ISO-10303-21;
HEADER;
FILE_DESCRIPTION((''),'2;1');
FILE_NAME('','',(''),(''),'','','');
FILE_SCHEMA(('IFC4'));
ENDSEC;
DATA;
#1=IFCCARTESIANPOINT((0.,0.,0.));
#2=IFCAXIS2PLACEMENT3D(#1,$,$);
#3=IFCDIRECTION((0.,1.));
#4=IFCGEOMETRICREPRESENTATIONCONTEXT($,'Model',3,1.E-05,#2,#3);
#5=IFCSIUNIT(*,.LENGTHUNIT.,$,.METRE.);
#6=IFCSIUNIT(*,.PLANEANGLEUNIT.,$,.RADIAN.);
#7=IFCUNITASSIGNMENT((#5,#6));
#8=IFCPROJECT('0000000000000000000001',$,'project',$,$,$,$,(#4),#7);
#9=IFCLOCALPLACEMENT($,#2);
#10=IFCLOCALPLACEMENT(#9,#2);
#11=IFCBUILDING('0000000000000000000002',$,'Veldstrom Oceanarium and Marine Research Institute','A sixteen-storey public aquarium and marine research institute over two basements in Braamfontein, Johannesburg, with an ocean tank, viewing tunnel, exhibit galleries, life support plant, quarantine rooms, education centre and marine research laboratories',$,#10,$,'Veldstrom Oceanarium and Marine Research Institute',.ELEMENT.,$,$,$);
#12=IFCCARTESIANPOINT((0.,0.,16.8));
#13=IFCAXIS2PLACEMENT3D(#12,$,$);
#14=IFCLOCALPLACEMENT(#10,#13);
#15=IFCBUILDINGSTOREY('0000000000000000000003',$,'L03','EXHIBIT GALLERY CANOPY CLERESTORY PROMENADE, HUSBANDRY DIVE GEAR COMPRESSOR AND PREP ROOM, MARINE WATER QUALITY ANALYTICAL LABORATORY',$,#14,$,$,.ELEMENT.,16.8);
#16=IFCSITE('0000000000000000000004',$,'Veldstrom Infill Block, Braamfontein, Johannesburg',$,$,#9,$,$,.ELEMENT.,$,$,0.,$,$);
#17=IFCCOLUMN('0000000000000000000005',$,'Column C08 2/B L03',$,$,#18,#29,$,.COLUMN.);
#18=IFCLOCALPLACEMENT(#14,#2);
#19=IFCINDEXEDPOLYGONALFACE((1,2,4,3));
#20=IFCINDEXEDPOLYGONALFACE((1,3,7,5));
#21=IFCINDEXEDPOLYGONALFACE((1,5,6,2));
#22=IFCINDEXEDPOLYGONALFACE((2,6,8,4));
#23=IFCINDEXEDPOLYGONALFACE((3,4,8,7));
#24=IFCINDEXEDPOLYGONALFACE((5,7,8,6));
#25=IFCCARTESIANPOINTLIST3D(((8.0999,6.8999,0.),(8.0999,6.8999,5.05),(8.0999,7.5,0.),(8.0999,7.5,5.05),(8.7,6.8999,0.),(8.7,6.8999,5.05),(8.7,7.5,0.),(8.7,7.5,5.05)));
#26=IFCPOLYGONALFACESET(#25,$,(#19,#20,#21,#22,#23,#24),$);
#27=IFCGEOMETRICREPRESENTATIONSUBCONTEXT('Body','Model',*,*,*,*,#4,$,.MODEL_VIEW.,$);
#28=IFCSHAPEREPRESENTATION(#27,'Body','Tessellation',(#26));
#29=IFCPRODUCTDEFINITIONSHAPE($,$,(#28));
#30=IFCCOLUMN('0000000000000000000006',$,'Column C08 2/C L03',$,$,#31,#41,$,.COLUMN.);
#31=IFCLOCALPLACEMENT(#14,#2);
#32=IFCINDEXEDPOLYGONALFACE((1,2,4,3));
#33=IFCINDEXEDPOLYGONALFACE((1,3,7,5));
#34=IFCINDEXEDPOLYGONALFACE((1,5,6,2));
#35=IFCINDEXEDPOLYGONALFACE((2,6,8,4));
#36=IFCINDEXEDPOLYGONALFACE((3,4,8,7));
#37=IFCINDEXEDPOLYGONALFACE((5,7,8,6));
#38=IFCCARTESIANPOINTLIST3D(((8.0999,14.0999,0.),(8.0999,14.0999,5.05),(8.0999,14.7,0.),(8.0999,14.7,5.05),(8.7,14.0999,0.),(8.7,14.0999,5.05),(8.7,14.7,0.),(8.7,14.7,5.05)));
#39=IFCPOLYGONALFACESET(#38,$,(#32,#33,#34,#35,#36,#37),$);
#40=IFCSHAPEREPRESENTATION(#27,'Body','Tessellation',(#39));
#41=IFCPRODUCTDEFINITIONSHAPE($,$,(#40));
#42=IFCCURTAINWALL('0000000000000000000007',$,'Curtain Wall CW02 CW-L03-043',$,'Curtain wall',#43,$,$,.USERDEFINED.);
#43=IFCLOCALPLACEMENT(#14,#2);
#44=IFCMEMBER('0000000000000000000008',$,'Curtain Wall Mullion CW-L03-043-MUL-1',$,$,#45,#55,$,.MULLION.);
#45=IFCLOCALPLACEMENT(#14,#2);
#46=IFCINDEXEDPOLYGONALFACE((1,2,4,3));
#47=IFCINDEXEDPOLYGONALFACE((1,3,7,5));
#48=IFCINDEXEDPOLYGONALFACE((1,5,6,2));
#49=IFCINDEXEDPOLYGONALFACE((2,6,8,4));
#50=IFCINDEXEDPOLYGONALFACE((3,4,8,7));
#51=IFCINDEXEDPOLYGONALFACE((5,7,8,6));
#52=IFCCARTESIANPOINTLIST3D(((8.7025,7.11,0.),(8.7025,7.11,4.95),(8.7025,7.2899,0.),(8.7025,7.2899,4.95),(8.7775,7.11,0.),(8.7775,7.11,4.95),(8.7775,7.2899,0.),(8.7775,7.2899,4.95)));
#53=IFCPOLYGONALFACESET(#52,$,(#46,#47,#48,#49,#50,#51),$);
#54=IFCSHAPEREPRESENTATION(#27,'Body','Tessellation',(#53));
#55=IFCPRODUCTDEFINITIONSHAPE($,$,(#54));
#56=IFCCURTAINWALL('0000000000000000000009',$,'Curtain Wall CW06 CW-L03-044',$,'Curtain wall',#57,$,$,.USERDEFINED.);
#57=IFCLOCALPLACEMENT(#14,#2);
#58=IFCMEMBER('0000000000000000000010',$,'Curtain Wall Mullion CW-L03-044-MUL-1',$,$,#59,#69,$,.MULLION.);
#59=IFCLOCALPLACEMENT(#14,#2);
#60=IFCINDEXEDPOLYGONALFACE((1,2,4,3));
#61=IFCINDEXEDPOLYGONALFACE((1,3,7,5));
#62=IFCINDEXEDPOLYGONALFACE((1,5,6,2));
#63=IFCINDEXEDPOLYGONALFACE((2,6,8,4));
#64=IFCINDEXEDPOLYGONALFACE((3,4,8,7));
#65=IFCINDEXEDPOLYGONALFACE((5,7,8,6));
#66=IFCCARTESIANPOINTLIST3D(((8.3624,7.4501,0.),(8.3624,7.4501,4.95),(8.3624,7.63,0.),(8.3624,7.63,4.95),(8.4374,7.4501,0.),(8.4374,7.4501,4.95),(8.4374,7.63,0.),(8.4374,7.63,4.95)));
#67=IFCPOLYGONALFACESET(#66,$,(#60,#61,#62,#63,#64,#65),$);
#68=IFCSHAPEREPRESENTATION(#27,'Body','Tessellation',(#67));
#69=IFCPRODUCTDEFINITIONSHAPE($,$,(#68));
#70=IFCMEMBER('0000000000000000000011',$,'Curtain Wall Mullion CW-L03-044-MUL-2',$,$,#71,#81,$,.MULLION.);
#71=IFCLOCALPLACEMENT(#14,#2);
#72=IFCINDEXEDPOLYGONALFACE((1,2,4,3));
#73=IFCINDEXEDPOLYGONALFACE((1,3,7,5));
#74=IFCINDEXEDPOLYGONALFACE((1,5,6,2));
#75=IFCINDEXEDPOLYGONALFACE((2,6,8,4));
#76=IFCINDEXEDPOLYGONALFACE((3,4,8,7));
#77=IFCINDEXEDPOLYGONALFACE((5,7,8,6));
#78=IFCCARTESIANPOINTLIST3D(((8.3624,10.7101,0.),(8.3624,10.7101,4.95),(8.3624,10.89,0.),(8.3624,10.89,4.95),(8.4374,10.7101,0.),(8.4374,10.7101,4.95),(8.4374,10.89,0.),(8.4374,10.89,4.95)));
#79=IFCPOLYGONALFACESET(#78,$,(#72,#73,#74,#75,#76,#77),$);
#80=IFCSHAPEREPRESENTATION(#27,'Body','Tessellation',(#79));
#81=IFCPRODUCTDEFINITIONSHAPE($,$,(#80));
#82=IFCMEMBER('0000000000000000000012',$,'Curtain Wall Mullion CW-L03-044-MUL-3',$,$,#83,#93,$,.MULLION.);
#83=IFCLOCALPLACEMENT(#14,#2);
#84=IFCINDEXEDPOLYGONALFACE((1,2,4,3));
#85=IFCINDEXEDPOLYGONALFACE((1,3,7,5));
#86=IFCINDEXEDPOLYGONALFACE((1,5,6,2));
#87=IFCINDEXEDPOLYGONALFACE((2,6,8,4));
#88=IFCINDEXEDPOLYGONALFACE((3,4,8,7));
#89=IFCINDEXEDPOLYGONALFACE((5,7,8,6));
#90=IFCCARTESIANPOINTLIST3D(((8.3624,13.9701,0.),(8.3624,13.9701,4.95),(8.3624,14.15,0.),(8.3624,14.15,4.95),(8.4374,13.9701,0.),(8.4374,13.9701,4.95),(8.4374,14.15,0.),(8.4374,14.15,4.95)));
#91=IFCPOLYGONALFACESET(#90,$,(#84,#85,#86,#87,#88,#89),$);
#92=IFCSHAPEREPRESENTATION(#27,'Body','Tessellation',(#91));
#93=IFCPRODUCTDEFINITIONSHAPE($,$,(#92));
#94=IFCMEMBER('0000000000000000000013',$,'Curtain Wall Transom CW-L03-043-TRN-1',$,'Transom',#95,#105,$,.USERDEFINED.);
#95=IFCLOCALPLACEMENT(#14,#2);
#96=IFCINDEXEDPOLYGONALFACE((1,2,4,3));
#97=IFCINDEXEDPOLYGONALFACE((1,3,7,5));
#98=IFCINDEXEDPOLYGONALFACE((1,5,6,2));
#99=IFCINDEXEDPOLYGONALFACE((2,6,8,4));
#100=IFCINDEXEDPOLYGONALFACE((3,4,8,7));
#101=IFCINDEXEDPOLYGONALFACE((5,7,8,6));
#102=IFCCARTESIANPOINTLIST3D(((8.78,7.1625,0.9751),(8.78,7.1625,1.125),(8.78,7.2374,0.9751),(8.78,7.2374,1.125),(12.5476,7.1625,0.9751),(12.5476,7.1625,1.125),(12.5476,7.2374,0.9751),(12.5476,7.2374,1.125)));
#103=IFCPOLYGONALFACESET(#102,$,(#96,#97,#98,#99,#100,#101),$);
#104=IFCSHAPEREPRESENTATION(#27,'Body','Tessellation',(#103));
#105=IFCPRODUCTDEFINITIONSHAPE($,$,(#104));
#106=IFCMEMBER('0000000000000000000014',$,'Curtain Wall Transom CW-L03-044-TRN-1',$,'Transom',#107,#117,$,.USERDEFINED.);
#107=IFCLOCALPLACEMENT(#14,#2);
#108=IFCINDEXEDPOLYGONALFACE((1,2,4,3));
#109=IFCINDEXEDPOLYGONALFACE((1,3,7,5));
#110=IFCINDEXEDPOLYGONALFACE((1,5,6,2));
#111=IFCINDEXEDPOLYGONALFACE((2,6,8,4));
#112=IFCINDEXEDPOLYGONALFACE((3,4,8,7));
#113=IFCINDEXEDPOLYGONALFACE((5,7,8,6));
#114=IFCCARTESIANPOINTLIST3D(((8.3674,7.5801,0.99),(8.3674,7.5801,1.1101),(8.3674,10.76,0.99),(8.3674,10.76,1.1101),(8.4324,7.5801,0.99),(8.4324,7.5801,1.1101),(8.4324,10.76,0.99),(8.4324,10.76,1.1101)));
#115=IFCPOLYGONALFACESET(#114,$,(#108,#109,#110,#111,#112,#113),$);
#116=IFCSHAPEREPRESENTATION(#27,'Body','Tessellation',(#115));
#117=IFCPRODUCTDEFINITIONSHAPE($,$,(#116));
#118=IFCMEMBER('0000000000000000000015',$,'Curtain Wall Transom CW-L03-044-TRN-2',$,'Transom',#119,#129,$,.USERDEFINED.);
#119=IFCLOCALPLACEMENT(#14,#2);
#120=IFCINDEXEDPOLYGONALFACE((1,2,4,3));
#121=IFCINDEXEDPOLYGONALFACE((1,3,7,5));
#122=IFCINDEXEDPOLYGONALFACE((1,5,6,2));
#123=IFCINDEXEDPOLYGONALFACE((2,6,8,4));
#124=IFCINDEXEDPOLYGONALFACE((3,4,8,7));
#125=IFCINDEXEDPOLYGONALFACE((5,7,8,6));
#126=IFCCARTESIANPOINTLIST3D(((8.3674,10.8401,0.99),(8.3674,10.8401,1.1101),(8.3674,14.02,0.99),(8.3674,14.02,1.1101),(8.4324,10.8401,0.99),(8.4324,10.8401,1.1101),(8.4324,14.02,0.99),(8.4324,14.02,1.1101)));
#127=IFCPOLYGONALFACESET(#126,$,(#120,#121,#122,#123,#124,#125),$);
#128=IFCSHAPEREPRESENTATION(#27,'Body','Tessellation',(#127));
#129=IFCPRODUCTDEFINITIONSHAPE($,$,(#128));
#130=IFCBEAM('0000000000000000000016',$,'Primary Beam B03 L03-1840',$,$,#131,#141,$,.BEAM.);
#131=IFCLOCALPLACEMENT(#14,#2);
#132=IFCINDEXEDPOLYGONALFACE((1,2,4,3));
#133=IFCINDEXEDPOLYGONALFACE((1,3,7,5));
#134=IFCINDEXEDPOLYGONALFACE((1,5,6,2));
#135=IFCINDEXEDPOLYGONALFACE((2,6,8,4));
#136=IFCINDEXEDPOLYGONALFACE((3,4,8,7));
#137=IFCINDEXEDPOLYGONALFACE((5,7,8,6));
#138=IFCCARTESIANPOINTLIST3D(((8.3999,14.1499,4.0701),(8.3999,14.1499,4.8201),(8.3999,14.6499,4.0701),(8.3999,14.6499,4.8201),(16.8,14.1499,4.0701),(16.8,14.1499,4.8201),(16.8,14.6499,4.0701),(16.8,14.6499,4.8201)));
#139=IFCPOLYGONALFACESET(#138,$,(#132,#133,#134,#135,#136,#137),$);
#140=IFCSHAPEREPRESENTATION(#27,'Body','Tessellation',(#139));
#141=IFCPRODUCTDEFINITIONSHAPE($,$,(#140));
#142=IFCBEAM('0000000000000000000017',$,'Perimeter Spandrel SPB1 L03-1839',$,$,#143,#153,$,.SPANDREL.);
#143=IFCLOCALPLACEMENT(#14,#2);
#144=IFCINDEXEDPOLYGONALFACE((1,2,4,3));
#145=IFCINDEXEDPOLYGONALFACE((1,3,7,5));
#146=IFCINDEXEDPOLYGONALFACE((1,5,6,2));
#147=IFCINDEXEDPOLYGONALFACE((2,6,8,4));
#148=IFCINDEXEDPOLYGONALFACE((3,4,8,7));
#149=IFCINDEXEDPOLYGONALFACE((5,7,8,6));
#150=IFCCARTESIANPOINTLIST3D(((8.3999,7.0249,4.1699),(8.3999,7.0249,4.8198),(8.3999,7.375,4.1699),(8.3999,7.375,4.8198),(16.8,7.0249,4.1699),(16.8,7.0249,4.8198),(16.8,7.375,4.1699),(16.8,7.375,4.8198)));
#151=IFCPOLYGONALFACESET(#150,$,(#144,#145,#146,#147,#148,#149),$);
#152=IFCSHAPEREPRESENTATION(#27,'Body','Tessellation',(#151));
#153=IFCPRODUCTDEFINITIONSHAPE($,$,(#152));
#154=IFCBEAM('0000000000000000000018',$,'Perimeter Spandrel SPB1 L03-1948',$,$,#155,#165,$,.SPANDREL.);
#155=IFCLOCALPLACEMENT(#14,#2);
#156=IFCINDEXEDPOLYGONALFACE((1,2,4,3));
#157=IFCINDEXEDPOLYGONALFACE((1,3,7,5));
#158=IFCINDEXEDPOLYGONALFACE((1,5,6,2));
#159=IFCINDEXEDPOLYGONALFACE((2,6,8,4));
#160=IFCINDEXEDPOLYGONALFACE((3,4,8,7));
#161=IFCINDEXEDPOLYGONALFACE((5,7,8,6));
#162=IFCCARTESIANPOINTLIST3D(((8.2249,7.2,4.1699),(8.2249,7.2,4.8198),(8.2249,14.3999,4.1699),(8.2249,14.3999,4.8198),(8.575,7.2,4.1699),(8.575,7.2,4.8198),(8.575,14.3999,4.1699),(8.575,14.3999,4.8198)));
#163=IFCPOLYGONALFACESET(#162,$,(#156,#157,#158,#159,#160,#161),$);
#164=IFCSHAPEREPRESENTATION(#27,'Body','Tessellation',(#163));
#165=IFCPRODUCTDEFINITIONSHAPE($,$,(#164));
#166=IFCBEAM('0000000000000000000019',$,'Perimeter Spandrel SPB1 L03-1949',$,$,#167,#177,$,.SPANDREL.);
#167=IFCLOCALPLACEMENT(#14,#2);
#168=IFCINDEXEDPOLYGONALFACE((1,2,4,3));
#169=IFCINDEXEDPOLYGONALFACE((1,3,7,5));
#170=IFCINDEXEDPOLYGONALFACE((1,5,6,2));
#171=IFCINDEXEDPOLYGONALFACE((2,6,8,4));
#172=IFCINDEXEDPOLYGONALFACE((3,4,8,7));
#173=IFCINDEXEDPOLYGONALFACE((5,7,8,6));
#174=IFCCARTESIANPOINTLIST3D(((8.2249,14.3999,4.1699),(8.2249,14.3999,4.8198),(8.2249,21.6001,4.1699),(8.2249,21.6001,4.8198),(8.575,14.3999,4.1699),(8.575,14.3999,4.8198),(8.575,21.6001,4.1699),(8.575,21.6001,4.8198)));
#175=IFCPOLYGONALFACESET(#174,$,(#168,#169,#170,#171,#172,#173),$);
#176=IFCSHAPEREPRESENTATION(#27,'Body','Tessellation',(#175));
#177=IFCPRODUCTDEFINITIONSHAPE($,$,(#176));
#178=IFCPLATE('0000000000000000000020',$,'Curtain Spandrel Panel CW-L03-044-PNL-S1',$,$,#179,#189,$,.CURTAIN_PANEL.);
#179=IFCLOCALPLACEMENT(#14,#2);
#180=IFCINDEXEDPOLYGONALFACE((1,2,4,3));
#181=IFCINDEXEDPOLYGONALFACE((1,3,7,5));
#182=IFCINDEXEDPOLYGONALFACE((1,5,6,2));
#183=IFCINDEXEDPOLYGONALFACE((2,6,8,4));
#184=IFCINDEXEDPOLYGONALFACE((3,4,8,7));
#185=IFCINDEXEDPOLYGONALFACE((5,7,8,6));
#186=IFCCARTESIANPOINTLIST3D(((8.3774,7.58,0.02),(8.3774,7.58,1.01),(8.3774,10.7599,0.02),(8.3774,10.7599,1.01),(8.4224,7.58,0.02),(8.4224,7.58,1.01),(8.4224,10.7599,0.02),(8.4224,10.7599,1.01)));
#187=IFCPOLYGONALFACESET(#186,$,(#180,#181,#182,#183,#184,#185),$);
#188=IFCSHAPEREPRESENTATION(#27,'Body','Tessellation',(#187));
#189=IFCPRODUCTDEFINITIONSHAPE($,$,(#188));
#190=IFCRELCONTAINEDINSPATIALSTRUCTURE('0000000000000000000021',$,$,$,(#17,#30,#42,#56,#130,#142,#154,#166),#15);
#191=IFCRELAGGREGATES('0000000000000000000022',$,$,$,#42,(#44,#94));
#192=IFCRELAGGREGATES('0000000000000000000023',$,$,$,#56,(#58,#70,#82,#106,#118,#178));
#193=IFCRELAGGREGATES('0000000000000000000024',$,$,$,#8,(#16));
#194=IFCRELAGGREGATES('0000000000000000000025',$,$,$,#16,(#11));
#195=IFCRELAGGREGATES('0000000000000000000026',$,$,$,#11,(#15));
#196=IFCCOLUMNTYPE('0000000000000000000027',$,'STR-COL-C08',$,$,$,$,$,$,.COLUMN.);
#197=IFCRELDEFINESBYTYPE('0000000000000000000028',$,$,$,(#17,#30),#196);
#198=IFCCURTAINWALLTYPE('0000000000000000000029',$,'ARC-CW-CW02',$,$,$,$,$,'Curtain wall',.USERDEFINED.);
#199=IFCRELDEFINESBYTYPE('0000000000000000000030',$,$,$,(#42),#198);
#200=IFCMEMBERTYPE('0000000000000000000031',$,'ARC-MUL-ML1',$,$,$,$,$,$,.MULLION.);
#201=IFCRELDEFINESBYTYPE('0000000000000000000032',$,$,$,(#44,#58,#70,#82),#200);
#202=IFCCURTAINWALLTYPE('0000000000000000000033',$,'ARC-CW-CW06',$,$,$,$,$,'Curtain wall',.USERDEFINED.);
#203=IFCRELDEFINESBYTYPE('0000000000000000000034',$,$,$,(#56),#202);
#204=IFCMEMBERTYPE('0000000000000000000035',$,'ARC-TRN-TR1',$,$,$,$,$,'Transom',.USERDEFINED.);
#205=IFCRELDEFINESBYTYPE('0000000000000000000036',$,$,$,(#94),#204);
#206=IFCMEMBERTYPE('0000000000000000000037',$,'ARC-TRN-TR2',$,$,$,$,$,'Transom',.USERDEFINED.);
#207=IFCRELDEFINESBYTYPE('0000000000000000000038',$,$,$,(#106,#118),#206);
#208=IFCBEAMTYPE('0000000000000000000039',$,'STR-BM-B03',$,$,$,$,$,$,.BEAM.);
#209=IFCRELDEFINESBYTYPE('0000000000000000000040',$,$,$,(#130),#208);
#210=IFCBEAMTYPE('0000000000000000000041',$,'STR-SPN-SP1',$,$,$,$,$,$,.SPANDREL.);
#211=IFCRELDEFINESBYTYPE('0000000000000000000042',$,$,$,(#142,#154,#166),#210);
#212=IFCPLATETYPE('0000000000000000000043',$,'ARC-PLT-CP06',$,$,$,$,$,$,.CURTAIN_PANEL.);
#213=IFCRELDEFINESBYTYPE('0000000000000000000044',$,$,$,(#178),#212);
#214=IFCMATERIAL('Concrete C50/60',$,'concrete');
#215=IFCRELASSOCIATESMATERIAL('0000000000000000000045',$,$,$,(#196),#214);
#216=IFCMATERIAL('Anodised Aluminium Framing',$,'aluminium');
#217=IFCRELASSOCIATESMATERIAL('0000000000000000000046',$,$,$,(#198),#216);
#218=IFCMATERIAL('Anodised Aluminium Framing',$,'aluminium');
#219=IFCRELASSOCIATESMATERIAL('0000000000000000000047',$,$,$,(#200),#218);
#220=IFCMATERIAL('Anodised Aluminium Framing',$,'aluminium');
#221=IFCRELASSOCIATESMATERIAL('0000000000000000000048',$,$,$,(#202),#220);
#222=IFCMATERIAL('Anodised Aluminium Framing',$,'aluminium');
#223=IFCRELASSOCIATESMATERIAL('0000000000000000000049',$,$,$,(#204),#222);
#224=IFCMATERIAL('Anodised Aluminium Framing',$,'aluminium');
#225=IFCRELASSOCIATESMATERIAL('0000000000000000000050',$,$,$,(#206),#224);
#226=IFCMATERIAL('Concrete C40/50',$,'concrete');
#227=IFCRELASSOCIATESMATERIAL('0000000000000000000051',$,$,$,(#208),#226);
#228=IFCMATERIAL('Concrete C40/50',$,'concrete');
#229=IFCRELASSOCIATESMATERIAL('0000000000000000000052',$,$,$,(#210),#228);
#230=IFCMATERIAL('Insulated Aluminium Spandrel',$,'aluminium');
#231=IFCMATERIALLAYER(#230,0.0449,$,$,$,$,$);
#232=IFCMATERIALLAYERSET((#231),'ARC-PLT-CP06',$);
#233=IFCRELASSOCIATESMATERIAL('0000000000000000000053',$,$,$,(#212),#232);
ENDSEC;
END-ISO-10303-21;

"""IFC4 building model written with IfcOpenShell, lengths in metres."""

from ifc_helpers import new_model, si_unit, direction, frame, origin, origin_2d, place, context, subcontext, project, spatial, rectangle, extrude, material, layer, layer_set, material_profile, profile_set, type_object, element, aggregate, save


model = new_model("IFC4")

# Units and contexts
model_context = context("Model", 3, precision=1e-05, world=origin(), true_north=direction((0.0, 1.0)))
body_context = subcontext(model_context, "Body", "Model", "MODEL_VIEW")
ifc_project = project(units=[si_unit("LENGTHUNIT", "METRE"), si_unit("PLANEANGLEUNIT", "RADIAN")], contexts=[model_context])

# Site, building, storey
site_placement = place(None, origin())
site = spatial("IfcSite", under=ifc_project, at=site_placement, Name="Veldstrom Infill Block, Braamfontein, Johannesburg", CompositionType="ELEMENT", RefElevation=0.0)
building_placement = place(site_placement, origin())
building = spatial("IfcBuilding", under=site, at=building_placement, Name="Veldstrom Oceanarium and Marine Research Institute", Description="A sixteen-storey public aquarium and marine research institute over two basements in Braamfontein, Johannesburg, with an ocean tank, viewing tunnel, exhibit galleries, life support plant, quarantine rooms, education centre and marine research laboratories", LongName="Veldstrom Oceanarium and Marine Research Institute", CompositionType="ELEMENT")
storey_placement = place(building_placement, frame((0.0, 0.0, 16.8)))
storey = spatial("IfcBuildingStorey", under=building, at=storey_placement, Name="L03", Description="EXHIBIT GALLERY CANOPY CLERESTORY PROMENADE, HUSBANDRY DIVE GEAR COMPRESSOR AND PREP ROOM, MARINE WATER QUALITY ANALYTICAL LABORATORY", CompositionType="ELEMENT", Elevation=16.8)

# Columns
ifc_material_1 = material(Name="Concrete C50/60", Category="concrete")
ifc_material_profile_1 = material_profile(ifc_material_1, rectangle(XDim=0.6001, YDim=0.6001, at=origin_2d()), Name="RC-COL-600x600")
ifc_profile_set_1 = profile_set([ifc_material_profile_1], Name="Concrete C50/60")
column_type = type_object("IfcColumnType", Name="STR-COL-C08", PredefinedType="COLUMN", material=ifc_profile_set_1)
for number, where, z_axis, x_axis, name in (
    (1, (8.3999, 7.2, 0.0), (0.0, 0.0, 1.0), (1.0, 0.0, 0.0), "Column C08 2/B L03"),
    (2, (8.3999, 14.3999, 0.0), (0.0, 0.0, 1.0), (1.0, 0.0, 0.0), "Column C08 2/C L03"),
):
    element("IfcColumn", number, at=place(storey_placement, frame(where, z_axis=z_axis, x_axis=x_axis)), inside=storey, type_object=column_type, Name=name, PredefinedType="COLUMN", context=body_context, shape_type="SweptSolid", body=[
        extrude(rectangle(XDim=0.6001, YDim=0.6001, at=origin_2d()), origin(), (0.0, 0.0, 1.0), 5.05),
    ])

# Curtain wall, member
ifc_material_2 = material(Name="Anodised Aluminium Framing", Category="aluminium")
curtain_wall_type_1 = type_object("IfcCurtainWallType", Name="ARC-CW-CW02", ElementType="Curtain wall", PredefinedType="USERDEFINED", material=ifc_material_2)
curtain_wall_1_placement = place(storey_placement, origin())
curtain_wall_1 = element("IfcCurtainWall", 3, at=curtain_wall_1_placement, inside=storey, type_object=curtain_wall_type_1, Name="Curtain Wall CW02 CW-L03-043", ObjectType="Curtain wall", PredefinedType="USERDEFINED")
ifc_material_3 = material(Name="Anodised Aluminium Framing", Category="aluminium")
ifc_material_profile_2 = material_profile(ifc_material_3, rectangle(XDim=0.075, YDim=0.1799, at=origin_2d()), Name="ALU-MUL-75x180")
ifc_profile_set_2 = profile_set([ifc_material_profile_2], Name="Anodised Aluminium Framing")
member_type_1 = type_object("IfcMemberType", Name="ARC-MUL-ML1", PredefinedType="MULLION", material=ifc_profile_set_2)
member_1_placement = place(storey_placement, frame((8.74, 7.2, 0.0), z_axis=(0.0, 0.0, 1.0), x_axis=(1.0, 0.0, 0.0)))
member_1 = element("IfcMember", 4, at=member_1_placement, type_object=member_type_1, Name="Curtain Wall Mullion CW-L03-043-MUL-1", PredefinedType="MULLION", context=body_context, shape_type="SweptSolid", body=[
    extrude(rectangle(XDim=0.075, YDim=0.1799, at=origin_2d()), origin(), (0.0, 0.0, 1.0), 4.95),
])

# Curtain wall, members
ifc_material_4 = material(Name="Anodised Aluminium Framing", Category="aluminium")
curtain_wall_type_2 = type_object("IfcCurtainWallType", Name="ARC-CW-CW06", ElementType="Curtain wall", PredefinedType="USERDEFINED", material=ifc_material_4)
curtain_wall_2_placement = place(storey_placement, origin())
curtain_wall_2 = element("IfcCurtainWall", 5, at=curtain_wall_2_placement, inside=storey, type_object=curtain_wall_type_2, Name="Curtain Wall CW06 CW-L03-044", ObjectType="Curtain wall", PredefinedType="USERDEFINED")
member_2_placement = place(storey_placement, frame((8.3999, 7.54, 0.0), z_axis=(0.0, 0.0, 1.0), x_axis=(1.0, 0.0, 0.0)))
member_2 = element("IfcMember", 6, at=member_2_placement, type_object=member_type_1, Name="Curtain Wall Mullion CW-L03-044-MUL-1", PredefinedType="MULLION", context=body_context, shape_type="SweptSolid", body=[
    extrude(rectangle(XDim=0.075, YDim=0.1799, at=origin_2d()), origin(), (0.0, 0.0, 1.0), 4.95),
])
member_3_placement = place(storey_placement, frame((8.3999, 10.8, 0.0), z_axis=(0.0, 0.0, 1.0), x_axis=(1.0, 0.0, 0.0)))
member_3 = element("IfcMember", 7, at=member_3_placement, type_object=member_type_1, Name="Curtain Wall Mullion CW-L03-044-MUL-2", PredefinedType="MULLION", context=body_context, shape_type="SweptSolid", body=[
    extrude(rectangle(XDim=0.075, YDim=0.1799, at=origin_2d()), origin(), (0.0, 0.0, 1.0), 4.95),
])
member_4_placement = place(storey_placement, frame((8.3999, 14.0601, 0.0), z_axis=(0.0, 0.0, 1.0), x_axis=(1.0, 0.0, 0.0)))
member_4 = element("IfcMember", 8, at=member_4_placement, type_object=member_type_1, Name="Curtain Wall Mullion CW-L03-044-MUL-3", PredefinedType="MULLION", context=body_context, shape_type="SweptSolid", body=[
    extrude(rectangle(XDim=0.075, YDim=0.1799, at=origin_2d()), origin(), (0.0, 0.0, 1.0), 4.95),
])

# Members
ifc_material_5 = material(Name="Anodised Aluminium Framing", Category="aluminium")
ifc_material_profile_3 = material_profile(ifc_material_5, rectangle(XDim=0.075, YDim=0.1499, at=origin_2d()), Name="ALU-TRN-75x150")
ifc_profile_set_3 = profile_set([ifc_material_profile_3], Name="Anodised Aluminium Framing")
member_type_2 = type_object("IfcMemberType", Name="ARC-TRN-TR1", ElementType="Transom", PredefinedType="USERDEFINED", material=ifc_profile_set_3)
member_5_placement = place(storey_placement, frame((8.78, 7.2, 1.05), z_axis=(1.0, 0.0, 0.0), x_axis=(0.0, 1.0, 0.0)))
member_5 = element("IfcMember", 9, at=member_5_placement, type_object=member_type_2, Name="Curtain Wall Transom CW-L03-043-TRN-1", ObjectType="Transom", PredefinedType="USERDEFINED", context=body_context, shape_type="SweptSolid", body=[
    extrude(rectangle(XDim=0.075, YDim=0.1499, at=origin_2d()), origin(), (0.0, 0.0, 1.0), 3.7676),
])
aggregate(curtain_wall_1, [member_1, member_5])
ifc_material_6 = material(Name="Anodised Aluminium Framing", Category="aluminium")
ifc_material_profile_4 = material_profile(ifc_material_6, rectangle(XDim=0.0649, YDim=0.1201, at=origin_2d()), Name="ALU-TRN-65x120")
ifc_profile_set_4 = profile_set([ifc_material_profile_4], Name="Anodised Aluminium Framing")
member_type_3 = type_object("IfcMemberType", Name="ARC-TRN-TR2", ElementType="Transom", PredefinedType="USERDEFINED", material=ifc_profile_set_4)
member_6_placement = place(storey_placement, frame((8.3999, 7.5801, 1.05), z_axis=(0.0, 1.0, 0.0), x_axis=(-1.0, 0.0, 0.0)))
member_6 = element("IfcMember", 10, at=member_6_placement, type_object=member_type_3, Name="Curtain Wall Transom CW-L03-044-TRN-1", ObjectType="Transom", PredefinedType="USERDEFINED", context=body_context, shape_type="SweptSolid", body=[
    extrude(rectangle(XDim=0.0649, YDim=0.1201, at=origin_2d()), origin(), (0.0, 0.0, 1.0), 3.1799),
])
member_7_placement = place(storey_placement, frame((8.3999, 10.8401, 1.05), z_axis=(0.0, 1.0, 0.0), x_axis=(-1.0, 0.0, 0.0)))
member_7 = element("IfcMember", 11, at=member_7_placement, type_object=member_type_3, Name="Curtain Wall Transom CW-L03-044-TRN-2", ObjectType="Transom", PredefinedType="USERDEFINED", context=body_context, shape_type="SweptSolid", body=[
    extrude(rectangle(XDim=0.0649, YDim=0.1201, at=origin_2d()), origin(), (0.0, 0.0, 1.0), 3.1799),
])

# Beams
ifc_material_7 = material(Name="Concrete C40/50", Category="concrete")
ifc_material_profile_5 = material_profile(ifc_material_7, rectangle(XDim=0.5, YDim=0.75, at=origin_2d()), Name="RC-BM-500x750")
ifc_profile_set_5 = profile_set([ifc_material_profile_5], Name="Concrete C40/50")
beam_type_1 = type_object("IfcBeamType", Name="STR-BM-B03", PredefinedType="BEAM", material=ifc_profile_set_5)
beam_1_placement = place(storey_placement, frame((8.3999, 14.3999, 4.4451), z_axis=(1.0, 0.0, 0.0), x_axis=(0.0, 1.0, 0.0)))
element("IfcBeam", 12, at=beam_1_placement, inside=storey, type_object=beam_type_1, Name="Primary Beam B03 L03-1840", PredefinedType="BEAM", context=body_context, shape_type="SweptSolid", body=[
    extrude(rectangle(XDim=0.5, YDim=0.75, at=origin_2d()), origin(), (0.0, 0.0, 1.0), 8.4001),
])
ifc_material_8 = material(Name="Concrete C40/50", Category="concrete")
ifc_material_profile_6 = material_profile(ifc_material_8, rectangle(XDim=0.3501, YDim=0.6499, at=origin_2d()), Name="RC-SPN-350x650")
ifc_profile_set_6 = profile_set([ifc_material_profile_6], Name="Concrete C40/50")
beam_type_2 = type_object("IfcBeamType", Name="STR-SPN-SP1", PredefinedType="SPANDREL", material=ifc_profile_set_6)
beam_2_placement = place(storey_placement, frame((8.3999, 7.2, 4.4949), z_axis=(1.0, 0.0, 0.0), x_axis=(0.0, 1.0, 0.0)))
element("IfcBeam", 13, at=beam_2_placement, inside=storey, type_object=beam_type_2, Name="Perimeter Spandrel SPB1 L03-1839", PredefinedType="SPANDREL", context=body_context, shape_type="SweptSolid", body=[
    extrude(rectangle(XDim=0.3501, YDim=0.6499, at=origin_2d()), origin(), (0.0, 0.0, 1.0), 8.4001),
])
beam_3_placement = place(storey_placement, frame((8.3999, 7.2, 4.4949), z_axis=(0.0, 1.0, 0.0), x_axis=(-1.0, 0.0, 0.0)))
element("IfcBeam", 14, at=beam_3_placement, inside=storey, type_object=beam_type_2, Name="Perimeter Spandrel SPB1 L03-1948", PredefinedType="SPANDREL", context=body_context, shape_type="SweptSolid", body=[
    extrude(rectangle(XDim=0.3501, YDim=0.6499, at=origin_2d()), origin(), (0.0, 0.0, 1.0), 7.2),
])
beam_4_placement = place(storey_placement, frame((8.3999, 14.3999, 4.4949), z_axis=(0.0, 1.0, 0.0), x_axis=(-1.0, 0.0, 0.0)))
element("IfcBeam", 15, at=beam_4_placement, inside=storey, type_object=beam_type_2, Name="Perimeter Spandrel SPB1 L03-1949", PredefinedType="SPANDREL", context=body_context, shape_type="SweptSolid", body=[
    extrude(rectangle(XDim=0.3501, YDim=0.6499, at=origin_2d()), origin(), (0.0, 0.0, 1.0), 7.2002),
])

# Plate
ifc_material_9 = material(Name="Insulated Aluminium Spandrel", Category="aluminium")
ifc_layer_1 = layer(ifc_material_9, 0.0449)
ifc_layer_set_1 = layer_set([ifc_layer_1], Name="ARC-PLT-CP06")
plate_type_1 = type_object("IfcPlateType", Name="ARC-PLT-CP06", PredefinedType="CURTAIN_PANEL", material=ifc_layer_set_1)
plate_1_placement = place(storey_placement, frame((8.3999, 9.1699, 0.02), z_axis=(0.0, 0.0, 1.0), x_axis=(0.0, 1.0, 0.0)))
plate_1 = element("IfcPlate", 16, at=plate_1_placement, type_object=plate_type_1, Name="Curtain Spandrel Panel CW-L03-044-PNL-S1", PredefinedType="CURTAIN_PANEL", context=body_context, shape_type="SweptSolid", body=[
    extrude(rectangle(XDim=3.1799, YDim=0.0449, at=origin_2d()), origin(), (0.0, 0.0, 1.0), 0.99),
])
aggregate(curtain_wall_2, [member_2, member_3, member_4, member_6, member_7, plate_1])

save(model, "model.ifc")
